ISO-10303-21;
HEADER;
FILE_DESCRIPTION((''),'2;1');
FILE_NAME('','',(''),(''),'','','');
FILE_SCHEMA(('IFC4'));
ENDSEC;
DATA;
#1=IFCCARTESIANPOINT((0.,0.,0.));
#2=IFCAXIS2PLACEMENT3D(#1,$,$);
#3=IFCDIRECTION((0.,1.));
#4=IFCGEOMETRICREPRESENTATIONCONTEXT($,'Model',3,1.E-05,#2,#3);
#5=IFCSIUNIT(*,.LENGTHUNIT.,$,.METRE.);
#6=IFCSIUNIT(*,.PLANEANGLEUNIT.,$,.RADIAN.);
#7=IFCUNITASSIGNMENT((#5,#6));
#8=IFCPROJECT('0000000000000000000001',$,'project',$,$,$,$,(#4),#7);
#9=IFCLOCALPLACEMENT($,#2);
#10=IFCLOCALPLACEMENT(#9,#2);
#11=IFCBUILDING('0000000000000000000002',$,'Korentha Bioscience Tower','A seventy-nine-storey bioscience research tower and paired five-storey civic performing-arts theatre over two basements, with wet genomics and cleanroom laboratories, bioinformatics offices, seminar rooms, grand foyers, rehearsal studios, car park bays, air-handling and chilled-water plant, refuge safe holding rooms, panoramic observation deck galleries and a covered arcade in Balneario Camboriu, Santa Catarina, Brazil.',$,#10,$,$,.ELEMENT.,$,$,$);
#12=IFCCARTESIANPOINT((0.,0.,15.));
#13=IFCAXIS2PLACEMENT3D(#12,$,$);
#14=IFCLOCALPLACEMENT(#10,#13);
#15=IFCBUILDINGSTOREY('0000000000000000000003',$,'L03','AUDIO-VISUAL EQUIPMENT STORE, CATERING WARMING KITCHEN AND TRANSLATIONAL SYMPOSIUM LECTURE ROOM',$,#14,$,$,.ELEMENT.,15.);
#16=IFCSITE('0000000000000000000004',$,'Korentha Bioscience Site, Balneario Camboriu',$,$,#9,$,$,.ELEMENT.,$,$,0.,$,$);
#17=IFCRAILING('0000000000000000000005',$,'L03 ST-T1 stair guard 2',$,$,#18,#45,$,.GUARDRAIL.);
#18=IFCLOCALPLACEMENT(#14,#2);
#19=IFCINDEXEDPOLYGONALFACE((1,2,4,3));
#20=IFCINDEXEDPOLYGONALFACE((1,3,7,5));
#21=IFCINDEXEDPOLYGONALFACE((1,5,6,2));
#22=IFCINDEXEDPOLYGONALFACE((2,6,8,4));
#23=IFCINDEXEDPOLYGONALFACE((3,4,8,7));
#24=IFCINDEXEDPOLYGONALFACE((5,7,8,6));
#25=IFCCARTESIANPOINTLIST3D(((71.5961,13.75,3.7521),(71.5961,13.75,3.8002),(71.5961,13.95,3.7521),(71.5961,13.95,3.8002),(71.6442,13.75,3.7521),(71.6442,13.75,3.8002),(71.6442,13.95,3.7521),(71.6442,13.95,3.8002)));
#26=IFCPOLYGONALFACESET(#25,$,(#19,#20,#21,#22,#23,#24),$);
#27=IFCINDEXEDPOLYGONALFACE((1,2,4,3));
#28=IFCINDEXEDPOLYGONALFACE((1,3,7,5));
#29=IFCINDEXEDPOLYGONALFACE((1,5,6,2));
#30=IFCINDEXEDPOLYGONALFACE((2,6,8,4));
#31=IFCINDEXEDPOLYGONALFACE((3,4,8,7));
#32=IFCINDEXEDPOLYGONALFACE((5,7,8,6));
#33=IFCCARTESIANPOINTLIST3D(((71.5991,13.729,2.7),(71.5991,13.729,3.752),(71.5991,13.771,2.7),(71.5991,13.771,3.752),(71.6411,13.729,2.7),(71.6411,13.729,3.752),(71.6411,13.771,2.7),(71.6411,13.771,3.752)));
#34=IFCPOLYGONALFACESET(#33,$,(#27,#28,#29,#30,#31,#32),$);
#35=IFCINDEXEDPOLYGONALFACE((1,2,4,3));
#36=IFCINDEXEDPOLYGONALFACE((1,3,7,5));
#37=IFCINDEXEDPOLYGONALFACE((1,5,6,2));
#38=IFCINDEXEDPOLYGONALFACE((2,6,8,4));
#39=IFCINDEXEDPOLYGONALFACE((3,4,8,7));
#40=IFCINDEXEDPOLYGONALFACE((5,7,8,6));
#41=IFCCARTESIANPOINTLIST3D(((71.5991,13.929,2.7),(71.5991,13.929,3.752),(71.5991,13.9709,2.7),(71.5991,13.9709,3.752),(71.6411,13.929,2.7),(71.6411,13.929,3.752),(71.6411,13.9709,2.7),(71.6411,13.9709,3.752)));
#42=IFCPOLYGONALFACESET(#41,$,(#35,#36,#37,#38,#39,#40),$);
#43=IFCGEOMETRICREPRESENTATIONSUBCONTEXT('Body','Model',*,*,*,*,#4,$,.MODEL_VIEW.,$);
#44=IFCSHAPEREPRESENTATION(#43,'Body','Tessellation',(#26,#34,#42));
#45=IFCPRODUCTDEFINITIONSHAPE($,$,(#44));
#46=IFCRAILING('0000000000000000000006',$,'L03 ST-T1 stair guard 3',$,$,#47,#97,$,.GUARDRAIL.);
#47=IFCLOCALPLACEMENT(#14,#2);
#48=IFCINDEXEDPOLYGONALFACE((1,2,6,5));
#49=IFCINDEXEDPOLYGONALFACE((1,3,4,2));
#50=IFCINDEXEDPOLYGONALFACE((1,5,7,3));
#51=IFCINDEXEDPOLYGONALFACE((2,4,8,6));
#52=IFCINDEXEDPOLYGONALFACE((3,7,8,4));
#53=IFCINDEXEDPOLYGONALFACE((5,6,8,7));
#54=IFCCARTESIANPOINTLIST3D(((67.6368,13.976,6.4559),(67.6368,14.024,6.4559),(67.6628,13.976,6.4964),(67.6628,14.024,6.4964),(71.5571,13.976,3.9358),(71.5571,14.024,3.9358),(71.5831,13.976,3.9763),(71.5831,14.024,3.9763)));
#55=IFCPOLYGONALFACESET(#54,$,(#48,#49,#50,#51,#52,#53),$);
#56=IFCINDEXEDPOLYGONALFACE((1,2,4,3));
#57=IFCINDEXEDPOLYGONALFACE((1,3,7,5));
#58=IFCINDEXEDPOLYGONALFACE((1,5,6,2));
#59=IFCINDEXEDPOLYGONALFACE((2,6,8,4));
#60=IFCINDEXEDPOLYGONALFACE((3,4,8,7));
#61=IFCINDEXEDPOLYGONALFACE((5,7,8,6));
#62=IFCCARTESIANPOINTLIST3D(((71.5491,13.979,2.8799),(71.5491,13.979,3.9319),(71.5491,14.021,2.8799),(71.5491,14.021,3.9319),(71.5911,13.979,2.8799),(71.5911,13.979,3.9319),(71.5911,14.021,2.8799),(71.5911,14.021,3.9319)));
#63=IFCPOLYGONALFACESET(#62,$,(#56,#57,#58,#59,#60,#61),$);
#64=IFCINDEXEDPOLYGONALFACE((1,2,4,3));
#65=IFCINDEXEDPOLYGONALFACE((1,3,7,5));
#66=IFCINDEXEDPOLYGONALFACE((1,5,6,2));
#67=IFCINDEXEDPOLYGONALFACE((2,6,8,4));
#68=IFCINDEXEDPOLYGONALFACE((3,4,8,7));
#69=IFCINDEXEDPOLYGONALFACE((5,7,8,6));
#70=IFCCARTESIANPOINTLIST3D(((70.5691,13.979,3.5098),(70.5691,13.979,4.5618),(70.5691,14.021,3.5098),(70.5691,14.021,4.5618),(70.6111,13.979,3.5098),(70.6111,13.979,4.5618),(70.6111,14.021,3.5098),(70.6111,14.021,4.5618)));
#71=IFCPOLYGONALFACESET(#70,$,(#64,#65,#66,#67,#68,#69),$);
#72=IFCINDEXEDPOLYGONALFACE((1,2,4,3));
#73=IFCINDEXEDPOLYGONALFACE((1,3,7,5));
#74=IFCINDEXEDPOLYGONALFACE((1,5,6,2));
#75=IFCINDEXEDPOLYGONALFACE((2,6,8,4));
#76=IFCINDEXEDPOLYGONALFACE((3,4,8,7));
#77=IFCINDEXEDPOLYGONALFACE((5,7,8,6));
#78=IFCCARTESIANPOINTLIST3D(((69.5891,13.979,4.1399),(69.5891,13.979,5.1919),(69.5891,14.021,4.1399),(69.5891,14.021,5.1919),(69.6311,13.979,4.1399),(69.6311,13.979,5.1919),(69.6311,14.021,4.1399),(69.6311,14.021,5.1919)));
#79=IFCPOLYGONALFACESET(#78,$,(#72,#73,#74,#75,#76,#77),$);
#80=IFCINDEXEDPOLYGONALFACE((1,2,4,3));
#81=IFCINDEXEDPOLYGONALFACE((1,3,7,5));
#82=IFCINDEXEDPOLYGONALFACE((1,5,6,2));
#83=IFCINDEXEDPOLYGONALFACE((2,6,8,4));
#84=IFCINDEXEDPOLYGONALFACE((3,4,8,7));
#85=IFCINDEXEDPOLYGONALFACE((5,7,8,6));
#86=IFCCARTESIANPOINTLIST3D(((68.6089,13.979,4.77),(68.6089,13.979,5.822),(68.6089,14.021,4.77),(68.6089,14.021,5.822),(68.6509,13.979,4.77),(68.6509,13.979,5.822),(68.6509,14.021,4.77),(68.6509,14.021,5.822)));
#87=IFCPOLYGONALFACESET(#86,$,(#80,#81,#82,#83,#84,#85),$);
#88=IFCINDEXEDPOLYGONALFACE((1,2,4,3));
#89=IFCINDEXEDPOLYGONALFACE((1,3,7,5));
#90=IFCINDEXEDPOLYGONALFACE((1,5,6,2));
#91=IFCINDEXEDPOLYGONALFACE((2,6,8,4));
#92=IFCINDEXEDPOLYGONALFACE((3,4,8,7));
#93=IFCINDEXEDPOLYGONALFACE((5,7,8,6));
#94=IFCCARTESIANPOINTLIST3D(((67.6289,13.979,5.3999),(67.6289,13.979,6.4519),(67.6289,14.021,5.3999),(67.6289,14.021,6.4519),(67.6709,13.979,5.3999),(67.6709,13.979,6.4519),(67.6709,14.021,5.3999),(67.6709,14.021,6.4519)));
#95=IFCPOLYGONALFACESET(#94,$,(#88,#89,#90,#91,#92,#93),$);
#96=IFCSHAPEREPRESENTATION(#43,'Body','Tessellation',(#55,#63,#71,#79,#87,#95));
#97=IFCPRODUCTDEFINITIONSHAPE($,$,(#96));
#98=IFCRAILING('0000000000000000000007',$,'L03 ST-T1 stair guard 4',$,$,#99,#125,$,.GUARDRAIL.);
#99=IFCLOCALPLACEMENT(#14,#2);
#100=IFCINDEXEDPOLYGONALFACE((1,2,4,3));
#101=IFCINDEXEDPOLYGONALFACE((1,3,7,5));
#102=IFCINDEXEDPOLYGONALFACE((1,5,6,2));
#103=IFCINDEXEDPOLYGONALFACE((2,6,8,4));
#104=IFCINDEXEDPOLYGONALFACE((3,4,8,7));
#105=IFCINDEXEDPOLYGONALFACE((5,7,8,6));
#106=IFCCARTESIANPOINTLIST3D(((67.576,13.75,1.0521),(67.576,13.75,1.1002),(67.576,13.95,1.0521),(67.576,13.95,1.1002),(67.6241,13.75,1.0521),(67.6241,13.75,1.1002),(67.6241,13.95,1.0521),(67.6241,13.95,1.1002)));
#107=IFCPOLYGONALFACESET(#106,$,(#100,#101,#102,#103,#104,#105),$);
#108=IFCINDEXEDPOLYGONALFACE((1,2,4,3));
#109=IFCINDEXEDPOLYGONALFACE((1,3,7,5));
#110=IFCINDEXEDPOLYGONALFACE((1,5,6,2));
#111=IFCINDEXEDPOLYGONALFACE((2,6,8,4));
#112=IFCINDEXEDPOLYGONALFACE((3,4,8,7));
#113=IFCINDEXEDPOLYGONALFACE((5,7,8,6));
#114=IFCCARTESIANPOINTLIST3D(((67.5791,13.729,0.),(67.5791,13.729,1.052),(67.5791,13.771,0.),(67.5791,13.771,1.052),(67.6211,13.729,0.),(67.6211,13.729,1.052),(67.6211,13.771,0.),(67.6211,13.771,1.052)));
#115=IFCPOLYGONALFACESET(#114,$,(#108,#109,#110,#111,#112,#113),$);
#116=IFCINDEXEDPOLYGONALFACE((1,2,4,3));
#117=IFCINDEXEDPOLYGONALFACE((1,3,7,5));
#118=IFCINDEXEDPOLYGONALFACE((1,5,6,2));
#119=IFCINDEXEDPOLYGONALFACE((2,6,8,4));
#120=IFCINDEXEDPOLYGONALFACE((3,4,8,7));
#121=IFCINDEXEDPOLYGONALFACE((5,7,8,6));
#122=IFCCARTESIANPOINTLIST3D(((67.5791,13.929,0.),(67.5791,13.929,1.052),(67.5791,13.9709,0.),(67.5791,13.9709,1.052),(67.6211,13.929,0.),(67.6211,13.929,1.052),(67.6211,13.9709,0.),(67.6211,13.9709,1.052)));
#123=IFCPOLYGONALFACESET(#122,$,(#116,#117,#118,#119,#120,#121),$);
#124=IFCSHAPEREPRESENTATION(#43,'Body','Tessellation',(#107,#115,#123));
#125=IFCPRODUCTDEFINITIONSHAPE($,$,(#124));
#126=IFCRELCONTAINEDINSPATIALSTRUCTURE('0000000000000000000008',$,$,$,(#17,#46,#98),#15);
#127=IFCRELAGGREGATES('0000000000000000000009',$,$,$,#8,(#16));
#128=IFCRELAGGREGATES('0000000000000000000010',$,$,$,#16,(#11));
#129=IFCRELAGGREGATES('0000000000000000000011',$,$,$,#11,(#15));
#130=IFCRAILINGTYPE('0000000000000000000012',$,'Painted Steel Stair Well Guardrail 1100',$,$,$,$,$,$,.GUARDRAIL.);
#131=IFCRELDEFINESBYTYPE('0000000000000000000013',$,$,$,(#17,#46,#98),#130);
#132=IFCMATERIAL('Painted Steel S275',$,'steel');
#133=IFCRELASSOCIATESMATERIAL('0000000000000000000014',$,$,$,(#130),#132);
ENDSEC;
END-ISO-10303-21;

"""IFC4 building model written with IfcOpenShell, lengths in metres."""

from ifc_helpers import new_model, si_unit, direction, frame, origin, origin_2d, place, context, subcontext, project, spatial, rectangle, extrude, material, type_object, element, save


model = new_model("IFC4")

# Units and contexts
model_context = context("Model", 3, precision=1e-05, world=origin(), true_north=direction((0.0, 1.0)))
body_context = subcontext(model_context, "Body", "Model", "MODEL_VIEW")
ifc_project = project(units=[si_unit("LENGTHUNIT", "METRE"), si_unit("PLANEANGLEUNIT", "RADIAN")], contexts=[model_context])

# Site, building, storey
site_placement = place(None, origin())
site = spatial("IfcSite", under=ifc_project, at=site_placement, Name="Korentha Bioscience Site, Balneario Camboriu", CompositionType="ELEMENT", RefElevation=0.0)
building_placement = place(site_placement, origin())
building = spatial("IfcBuilding", under=site, at=building_placement, Name="Korentha Bioscience Tower", Description="A seventy-nine-storey bioscience research tower and paired five-storey civic performing-arts theatre over two basements, with wet genomics and cleanroom laboratories, bioinformatics offices, seminar rooms, grand foyers, rehearsal studios, car park bays, air-handling and chilled-water plant, refuge safe holding rooms, panoramic observation deck galleries and a covered arcade in Balneario Camboriu, Santa Catarina, Brazil.", CompositionType="ELEMENT")
storey_placement = place(building_placement, frame((0.0, 0.0, 15.0)))
storey = spatial("IfcBuildingStorey", under=building, at=storey_placement, Name="L03", Description="AUDIO-VISUAL EQUIPMENT STORE, CATERING WARMING KITCHEN AND TRANSLATIONAL SYMPOSIUM LECTURE ROOM", CompositionType="ELEMENT", Elevation=15.0)

# Railings
ifc_material_1 = material(Name="Painted Steel S275", Category="steel")
railing_type_1 = type_object("IfcRailingType", Name="Painted Steel Stair Well Guardrail 1100", PredefinedType="GUARDRAIL", material=ifc_material_1)
railing_1_placement = place(storey_placement, frame((71.6201, 13.75, 2.7)))
element("IfcRailing", 1, at=railing_1_placement, inside=storey, type_object=railing_type_1, Name="L03 ST-T1 stair guard 2", PredefinedType="GUARDRAIL", context=body_context, shape_type="SweptSolid", body=[
    extrude(rectangle(XDim=0.0481, YDim=0.0481, at=origin_2d()), frame((0.0, 0.0, 1.0762), z_axis=(0.0, 1.0, 0.0), x_axis=(-1.0, 0.0, 0.0)), (0.0, 0.0, 1.0), 0.2),
    extrude(rectangle(XDim=0.042, YDim=0.042, at=origin_2d()), origin(), (0.0, 0.0, 1.0), 1.052),
    extrude(rectangle(XDim=0.042, YDim=0.042, at=origin_2d()), frame((0.0, 0.2, 0.0)), (0.0, 0.0, 1.0), 1.052),
])
railing_2_placement = place(storey_placement, frame((71.5701, 14.0, 2.8799)))
element("IfcRailing", 2, at=railing_2_placement, inside=storey, type_object=railing_type_1, Name="L03 ST-T1 stair guard 3", PredefinedType="GUARDRAIL", context=body_context, shape_type="SweptSolid", body=[
    extrude(rectangle(XDim=0.0481, YDim=0.0481, at=origin_2d()), frame((0.0, 0.0, 1.0762), z_axis=(-0.841187, 0.0, 0.540744), x_axis=(0.0, -1.0, 0.0)), (0.0, 0.0, 1.0), 4.6604),
    extrude(rectangle(XDim=0.042, YDim=0.042, at=origin_2d()), origin(), (0.0, 0.0, 1.0), 1.052),
    extrude(rectangle(XDim=0.042, YDim=0.042, at=origin_2d()), frame((-0.98, 0.0, 0.6299)), (0.0, 0.0, 1.0), 1.052),
    extrude(rectangle(XDim=0.042, YDim=0.042, at=origin_2d()), frame((-1.96, 0.0, 1.26)), (0.0, 0.0, 1.0), 1.052),
    extrude(rectangle(XDim=0.042, YDim=0.042, at=origin_2d()), frame((-2.9402, 0.0, 1.8901)), (0.0, 0.0, 1.0), 1.052),
    extrude(rectangle(XDim=0.042, YDim=0.042, at=origin_2d()), frame((-3.9202, 0.0, 2.52)), (0.0, 0.0, 1.0), 1.052),
])
railing_3_placement = place(storey_placement, frame((67.6001, 13.75, 0.0)))
element("IfcRailing", 3, at=railing_3_placement, inside=storey, type_object=railing_type_1, Name="L03 ST-T1 stair guard 4", PredefinedType="GUARDRAIL", context=body_context, shape_type="SweptSolid", body=[
    extrude(rectangle(XDim=0.0481, YDim=0.0481, at=origin_2d()), frame((0.0, 0.0, 1.0762), z_axis=(0.0, 1.0, 0.0), x_axis=(-1.0, 0.0, 0.0)), (0.0, 0.0, 1.0), 0.2),
    extrude(rectangle(XDim=0.042, YDim=0.042, at=origin_2d()), origin(), (0.0, 0.0, 1.0), 1.052),
    extrude(rectangle(XDim=0.042, YDim=0.042, at=origin_2d()), frame((0.0, 0.2, 0.0)), (0.0, 0.0, 1.0), 1.052),
])

save(model, "model.ifc")
